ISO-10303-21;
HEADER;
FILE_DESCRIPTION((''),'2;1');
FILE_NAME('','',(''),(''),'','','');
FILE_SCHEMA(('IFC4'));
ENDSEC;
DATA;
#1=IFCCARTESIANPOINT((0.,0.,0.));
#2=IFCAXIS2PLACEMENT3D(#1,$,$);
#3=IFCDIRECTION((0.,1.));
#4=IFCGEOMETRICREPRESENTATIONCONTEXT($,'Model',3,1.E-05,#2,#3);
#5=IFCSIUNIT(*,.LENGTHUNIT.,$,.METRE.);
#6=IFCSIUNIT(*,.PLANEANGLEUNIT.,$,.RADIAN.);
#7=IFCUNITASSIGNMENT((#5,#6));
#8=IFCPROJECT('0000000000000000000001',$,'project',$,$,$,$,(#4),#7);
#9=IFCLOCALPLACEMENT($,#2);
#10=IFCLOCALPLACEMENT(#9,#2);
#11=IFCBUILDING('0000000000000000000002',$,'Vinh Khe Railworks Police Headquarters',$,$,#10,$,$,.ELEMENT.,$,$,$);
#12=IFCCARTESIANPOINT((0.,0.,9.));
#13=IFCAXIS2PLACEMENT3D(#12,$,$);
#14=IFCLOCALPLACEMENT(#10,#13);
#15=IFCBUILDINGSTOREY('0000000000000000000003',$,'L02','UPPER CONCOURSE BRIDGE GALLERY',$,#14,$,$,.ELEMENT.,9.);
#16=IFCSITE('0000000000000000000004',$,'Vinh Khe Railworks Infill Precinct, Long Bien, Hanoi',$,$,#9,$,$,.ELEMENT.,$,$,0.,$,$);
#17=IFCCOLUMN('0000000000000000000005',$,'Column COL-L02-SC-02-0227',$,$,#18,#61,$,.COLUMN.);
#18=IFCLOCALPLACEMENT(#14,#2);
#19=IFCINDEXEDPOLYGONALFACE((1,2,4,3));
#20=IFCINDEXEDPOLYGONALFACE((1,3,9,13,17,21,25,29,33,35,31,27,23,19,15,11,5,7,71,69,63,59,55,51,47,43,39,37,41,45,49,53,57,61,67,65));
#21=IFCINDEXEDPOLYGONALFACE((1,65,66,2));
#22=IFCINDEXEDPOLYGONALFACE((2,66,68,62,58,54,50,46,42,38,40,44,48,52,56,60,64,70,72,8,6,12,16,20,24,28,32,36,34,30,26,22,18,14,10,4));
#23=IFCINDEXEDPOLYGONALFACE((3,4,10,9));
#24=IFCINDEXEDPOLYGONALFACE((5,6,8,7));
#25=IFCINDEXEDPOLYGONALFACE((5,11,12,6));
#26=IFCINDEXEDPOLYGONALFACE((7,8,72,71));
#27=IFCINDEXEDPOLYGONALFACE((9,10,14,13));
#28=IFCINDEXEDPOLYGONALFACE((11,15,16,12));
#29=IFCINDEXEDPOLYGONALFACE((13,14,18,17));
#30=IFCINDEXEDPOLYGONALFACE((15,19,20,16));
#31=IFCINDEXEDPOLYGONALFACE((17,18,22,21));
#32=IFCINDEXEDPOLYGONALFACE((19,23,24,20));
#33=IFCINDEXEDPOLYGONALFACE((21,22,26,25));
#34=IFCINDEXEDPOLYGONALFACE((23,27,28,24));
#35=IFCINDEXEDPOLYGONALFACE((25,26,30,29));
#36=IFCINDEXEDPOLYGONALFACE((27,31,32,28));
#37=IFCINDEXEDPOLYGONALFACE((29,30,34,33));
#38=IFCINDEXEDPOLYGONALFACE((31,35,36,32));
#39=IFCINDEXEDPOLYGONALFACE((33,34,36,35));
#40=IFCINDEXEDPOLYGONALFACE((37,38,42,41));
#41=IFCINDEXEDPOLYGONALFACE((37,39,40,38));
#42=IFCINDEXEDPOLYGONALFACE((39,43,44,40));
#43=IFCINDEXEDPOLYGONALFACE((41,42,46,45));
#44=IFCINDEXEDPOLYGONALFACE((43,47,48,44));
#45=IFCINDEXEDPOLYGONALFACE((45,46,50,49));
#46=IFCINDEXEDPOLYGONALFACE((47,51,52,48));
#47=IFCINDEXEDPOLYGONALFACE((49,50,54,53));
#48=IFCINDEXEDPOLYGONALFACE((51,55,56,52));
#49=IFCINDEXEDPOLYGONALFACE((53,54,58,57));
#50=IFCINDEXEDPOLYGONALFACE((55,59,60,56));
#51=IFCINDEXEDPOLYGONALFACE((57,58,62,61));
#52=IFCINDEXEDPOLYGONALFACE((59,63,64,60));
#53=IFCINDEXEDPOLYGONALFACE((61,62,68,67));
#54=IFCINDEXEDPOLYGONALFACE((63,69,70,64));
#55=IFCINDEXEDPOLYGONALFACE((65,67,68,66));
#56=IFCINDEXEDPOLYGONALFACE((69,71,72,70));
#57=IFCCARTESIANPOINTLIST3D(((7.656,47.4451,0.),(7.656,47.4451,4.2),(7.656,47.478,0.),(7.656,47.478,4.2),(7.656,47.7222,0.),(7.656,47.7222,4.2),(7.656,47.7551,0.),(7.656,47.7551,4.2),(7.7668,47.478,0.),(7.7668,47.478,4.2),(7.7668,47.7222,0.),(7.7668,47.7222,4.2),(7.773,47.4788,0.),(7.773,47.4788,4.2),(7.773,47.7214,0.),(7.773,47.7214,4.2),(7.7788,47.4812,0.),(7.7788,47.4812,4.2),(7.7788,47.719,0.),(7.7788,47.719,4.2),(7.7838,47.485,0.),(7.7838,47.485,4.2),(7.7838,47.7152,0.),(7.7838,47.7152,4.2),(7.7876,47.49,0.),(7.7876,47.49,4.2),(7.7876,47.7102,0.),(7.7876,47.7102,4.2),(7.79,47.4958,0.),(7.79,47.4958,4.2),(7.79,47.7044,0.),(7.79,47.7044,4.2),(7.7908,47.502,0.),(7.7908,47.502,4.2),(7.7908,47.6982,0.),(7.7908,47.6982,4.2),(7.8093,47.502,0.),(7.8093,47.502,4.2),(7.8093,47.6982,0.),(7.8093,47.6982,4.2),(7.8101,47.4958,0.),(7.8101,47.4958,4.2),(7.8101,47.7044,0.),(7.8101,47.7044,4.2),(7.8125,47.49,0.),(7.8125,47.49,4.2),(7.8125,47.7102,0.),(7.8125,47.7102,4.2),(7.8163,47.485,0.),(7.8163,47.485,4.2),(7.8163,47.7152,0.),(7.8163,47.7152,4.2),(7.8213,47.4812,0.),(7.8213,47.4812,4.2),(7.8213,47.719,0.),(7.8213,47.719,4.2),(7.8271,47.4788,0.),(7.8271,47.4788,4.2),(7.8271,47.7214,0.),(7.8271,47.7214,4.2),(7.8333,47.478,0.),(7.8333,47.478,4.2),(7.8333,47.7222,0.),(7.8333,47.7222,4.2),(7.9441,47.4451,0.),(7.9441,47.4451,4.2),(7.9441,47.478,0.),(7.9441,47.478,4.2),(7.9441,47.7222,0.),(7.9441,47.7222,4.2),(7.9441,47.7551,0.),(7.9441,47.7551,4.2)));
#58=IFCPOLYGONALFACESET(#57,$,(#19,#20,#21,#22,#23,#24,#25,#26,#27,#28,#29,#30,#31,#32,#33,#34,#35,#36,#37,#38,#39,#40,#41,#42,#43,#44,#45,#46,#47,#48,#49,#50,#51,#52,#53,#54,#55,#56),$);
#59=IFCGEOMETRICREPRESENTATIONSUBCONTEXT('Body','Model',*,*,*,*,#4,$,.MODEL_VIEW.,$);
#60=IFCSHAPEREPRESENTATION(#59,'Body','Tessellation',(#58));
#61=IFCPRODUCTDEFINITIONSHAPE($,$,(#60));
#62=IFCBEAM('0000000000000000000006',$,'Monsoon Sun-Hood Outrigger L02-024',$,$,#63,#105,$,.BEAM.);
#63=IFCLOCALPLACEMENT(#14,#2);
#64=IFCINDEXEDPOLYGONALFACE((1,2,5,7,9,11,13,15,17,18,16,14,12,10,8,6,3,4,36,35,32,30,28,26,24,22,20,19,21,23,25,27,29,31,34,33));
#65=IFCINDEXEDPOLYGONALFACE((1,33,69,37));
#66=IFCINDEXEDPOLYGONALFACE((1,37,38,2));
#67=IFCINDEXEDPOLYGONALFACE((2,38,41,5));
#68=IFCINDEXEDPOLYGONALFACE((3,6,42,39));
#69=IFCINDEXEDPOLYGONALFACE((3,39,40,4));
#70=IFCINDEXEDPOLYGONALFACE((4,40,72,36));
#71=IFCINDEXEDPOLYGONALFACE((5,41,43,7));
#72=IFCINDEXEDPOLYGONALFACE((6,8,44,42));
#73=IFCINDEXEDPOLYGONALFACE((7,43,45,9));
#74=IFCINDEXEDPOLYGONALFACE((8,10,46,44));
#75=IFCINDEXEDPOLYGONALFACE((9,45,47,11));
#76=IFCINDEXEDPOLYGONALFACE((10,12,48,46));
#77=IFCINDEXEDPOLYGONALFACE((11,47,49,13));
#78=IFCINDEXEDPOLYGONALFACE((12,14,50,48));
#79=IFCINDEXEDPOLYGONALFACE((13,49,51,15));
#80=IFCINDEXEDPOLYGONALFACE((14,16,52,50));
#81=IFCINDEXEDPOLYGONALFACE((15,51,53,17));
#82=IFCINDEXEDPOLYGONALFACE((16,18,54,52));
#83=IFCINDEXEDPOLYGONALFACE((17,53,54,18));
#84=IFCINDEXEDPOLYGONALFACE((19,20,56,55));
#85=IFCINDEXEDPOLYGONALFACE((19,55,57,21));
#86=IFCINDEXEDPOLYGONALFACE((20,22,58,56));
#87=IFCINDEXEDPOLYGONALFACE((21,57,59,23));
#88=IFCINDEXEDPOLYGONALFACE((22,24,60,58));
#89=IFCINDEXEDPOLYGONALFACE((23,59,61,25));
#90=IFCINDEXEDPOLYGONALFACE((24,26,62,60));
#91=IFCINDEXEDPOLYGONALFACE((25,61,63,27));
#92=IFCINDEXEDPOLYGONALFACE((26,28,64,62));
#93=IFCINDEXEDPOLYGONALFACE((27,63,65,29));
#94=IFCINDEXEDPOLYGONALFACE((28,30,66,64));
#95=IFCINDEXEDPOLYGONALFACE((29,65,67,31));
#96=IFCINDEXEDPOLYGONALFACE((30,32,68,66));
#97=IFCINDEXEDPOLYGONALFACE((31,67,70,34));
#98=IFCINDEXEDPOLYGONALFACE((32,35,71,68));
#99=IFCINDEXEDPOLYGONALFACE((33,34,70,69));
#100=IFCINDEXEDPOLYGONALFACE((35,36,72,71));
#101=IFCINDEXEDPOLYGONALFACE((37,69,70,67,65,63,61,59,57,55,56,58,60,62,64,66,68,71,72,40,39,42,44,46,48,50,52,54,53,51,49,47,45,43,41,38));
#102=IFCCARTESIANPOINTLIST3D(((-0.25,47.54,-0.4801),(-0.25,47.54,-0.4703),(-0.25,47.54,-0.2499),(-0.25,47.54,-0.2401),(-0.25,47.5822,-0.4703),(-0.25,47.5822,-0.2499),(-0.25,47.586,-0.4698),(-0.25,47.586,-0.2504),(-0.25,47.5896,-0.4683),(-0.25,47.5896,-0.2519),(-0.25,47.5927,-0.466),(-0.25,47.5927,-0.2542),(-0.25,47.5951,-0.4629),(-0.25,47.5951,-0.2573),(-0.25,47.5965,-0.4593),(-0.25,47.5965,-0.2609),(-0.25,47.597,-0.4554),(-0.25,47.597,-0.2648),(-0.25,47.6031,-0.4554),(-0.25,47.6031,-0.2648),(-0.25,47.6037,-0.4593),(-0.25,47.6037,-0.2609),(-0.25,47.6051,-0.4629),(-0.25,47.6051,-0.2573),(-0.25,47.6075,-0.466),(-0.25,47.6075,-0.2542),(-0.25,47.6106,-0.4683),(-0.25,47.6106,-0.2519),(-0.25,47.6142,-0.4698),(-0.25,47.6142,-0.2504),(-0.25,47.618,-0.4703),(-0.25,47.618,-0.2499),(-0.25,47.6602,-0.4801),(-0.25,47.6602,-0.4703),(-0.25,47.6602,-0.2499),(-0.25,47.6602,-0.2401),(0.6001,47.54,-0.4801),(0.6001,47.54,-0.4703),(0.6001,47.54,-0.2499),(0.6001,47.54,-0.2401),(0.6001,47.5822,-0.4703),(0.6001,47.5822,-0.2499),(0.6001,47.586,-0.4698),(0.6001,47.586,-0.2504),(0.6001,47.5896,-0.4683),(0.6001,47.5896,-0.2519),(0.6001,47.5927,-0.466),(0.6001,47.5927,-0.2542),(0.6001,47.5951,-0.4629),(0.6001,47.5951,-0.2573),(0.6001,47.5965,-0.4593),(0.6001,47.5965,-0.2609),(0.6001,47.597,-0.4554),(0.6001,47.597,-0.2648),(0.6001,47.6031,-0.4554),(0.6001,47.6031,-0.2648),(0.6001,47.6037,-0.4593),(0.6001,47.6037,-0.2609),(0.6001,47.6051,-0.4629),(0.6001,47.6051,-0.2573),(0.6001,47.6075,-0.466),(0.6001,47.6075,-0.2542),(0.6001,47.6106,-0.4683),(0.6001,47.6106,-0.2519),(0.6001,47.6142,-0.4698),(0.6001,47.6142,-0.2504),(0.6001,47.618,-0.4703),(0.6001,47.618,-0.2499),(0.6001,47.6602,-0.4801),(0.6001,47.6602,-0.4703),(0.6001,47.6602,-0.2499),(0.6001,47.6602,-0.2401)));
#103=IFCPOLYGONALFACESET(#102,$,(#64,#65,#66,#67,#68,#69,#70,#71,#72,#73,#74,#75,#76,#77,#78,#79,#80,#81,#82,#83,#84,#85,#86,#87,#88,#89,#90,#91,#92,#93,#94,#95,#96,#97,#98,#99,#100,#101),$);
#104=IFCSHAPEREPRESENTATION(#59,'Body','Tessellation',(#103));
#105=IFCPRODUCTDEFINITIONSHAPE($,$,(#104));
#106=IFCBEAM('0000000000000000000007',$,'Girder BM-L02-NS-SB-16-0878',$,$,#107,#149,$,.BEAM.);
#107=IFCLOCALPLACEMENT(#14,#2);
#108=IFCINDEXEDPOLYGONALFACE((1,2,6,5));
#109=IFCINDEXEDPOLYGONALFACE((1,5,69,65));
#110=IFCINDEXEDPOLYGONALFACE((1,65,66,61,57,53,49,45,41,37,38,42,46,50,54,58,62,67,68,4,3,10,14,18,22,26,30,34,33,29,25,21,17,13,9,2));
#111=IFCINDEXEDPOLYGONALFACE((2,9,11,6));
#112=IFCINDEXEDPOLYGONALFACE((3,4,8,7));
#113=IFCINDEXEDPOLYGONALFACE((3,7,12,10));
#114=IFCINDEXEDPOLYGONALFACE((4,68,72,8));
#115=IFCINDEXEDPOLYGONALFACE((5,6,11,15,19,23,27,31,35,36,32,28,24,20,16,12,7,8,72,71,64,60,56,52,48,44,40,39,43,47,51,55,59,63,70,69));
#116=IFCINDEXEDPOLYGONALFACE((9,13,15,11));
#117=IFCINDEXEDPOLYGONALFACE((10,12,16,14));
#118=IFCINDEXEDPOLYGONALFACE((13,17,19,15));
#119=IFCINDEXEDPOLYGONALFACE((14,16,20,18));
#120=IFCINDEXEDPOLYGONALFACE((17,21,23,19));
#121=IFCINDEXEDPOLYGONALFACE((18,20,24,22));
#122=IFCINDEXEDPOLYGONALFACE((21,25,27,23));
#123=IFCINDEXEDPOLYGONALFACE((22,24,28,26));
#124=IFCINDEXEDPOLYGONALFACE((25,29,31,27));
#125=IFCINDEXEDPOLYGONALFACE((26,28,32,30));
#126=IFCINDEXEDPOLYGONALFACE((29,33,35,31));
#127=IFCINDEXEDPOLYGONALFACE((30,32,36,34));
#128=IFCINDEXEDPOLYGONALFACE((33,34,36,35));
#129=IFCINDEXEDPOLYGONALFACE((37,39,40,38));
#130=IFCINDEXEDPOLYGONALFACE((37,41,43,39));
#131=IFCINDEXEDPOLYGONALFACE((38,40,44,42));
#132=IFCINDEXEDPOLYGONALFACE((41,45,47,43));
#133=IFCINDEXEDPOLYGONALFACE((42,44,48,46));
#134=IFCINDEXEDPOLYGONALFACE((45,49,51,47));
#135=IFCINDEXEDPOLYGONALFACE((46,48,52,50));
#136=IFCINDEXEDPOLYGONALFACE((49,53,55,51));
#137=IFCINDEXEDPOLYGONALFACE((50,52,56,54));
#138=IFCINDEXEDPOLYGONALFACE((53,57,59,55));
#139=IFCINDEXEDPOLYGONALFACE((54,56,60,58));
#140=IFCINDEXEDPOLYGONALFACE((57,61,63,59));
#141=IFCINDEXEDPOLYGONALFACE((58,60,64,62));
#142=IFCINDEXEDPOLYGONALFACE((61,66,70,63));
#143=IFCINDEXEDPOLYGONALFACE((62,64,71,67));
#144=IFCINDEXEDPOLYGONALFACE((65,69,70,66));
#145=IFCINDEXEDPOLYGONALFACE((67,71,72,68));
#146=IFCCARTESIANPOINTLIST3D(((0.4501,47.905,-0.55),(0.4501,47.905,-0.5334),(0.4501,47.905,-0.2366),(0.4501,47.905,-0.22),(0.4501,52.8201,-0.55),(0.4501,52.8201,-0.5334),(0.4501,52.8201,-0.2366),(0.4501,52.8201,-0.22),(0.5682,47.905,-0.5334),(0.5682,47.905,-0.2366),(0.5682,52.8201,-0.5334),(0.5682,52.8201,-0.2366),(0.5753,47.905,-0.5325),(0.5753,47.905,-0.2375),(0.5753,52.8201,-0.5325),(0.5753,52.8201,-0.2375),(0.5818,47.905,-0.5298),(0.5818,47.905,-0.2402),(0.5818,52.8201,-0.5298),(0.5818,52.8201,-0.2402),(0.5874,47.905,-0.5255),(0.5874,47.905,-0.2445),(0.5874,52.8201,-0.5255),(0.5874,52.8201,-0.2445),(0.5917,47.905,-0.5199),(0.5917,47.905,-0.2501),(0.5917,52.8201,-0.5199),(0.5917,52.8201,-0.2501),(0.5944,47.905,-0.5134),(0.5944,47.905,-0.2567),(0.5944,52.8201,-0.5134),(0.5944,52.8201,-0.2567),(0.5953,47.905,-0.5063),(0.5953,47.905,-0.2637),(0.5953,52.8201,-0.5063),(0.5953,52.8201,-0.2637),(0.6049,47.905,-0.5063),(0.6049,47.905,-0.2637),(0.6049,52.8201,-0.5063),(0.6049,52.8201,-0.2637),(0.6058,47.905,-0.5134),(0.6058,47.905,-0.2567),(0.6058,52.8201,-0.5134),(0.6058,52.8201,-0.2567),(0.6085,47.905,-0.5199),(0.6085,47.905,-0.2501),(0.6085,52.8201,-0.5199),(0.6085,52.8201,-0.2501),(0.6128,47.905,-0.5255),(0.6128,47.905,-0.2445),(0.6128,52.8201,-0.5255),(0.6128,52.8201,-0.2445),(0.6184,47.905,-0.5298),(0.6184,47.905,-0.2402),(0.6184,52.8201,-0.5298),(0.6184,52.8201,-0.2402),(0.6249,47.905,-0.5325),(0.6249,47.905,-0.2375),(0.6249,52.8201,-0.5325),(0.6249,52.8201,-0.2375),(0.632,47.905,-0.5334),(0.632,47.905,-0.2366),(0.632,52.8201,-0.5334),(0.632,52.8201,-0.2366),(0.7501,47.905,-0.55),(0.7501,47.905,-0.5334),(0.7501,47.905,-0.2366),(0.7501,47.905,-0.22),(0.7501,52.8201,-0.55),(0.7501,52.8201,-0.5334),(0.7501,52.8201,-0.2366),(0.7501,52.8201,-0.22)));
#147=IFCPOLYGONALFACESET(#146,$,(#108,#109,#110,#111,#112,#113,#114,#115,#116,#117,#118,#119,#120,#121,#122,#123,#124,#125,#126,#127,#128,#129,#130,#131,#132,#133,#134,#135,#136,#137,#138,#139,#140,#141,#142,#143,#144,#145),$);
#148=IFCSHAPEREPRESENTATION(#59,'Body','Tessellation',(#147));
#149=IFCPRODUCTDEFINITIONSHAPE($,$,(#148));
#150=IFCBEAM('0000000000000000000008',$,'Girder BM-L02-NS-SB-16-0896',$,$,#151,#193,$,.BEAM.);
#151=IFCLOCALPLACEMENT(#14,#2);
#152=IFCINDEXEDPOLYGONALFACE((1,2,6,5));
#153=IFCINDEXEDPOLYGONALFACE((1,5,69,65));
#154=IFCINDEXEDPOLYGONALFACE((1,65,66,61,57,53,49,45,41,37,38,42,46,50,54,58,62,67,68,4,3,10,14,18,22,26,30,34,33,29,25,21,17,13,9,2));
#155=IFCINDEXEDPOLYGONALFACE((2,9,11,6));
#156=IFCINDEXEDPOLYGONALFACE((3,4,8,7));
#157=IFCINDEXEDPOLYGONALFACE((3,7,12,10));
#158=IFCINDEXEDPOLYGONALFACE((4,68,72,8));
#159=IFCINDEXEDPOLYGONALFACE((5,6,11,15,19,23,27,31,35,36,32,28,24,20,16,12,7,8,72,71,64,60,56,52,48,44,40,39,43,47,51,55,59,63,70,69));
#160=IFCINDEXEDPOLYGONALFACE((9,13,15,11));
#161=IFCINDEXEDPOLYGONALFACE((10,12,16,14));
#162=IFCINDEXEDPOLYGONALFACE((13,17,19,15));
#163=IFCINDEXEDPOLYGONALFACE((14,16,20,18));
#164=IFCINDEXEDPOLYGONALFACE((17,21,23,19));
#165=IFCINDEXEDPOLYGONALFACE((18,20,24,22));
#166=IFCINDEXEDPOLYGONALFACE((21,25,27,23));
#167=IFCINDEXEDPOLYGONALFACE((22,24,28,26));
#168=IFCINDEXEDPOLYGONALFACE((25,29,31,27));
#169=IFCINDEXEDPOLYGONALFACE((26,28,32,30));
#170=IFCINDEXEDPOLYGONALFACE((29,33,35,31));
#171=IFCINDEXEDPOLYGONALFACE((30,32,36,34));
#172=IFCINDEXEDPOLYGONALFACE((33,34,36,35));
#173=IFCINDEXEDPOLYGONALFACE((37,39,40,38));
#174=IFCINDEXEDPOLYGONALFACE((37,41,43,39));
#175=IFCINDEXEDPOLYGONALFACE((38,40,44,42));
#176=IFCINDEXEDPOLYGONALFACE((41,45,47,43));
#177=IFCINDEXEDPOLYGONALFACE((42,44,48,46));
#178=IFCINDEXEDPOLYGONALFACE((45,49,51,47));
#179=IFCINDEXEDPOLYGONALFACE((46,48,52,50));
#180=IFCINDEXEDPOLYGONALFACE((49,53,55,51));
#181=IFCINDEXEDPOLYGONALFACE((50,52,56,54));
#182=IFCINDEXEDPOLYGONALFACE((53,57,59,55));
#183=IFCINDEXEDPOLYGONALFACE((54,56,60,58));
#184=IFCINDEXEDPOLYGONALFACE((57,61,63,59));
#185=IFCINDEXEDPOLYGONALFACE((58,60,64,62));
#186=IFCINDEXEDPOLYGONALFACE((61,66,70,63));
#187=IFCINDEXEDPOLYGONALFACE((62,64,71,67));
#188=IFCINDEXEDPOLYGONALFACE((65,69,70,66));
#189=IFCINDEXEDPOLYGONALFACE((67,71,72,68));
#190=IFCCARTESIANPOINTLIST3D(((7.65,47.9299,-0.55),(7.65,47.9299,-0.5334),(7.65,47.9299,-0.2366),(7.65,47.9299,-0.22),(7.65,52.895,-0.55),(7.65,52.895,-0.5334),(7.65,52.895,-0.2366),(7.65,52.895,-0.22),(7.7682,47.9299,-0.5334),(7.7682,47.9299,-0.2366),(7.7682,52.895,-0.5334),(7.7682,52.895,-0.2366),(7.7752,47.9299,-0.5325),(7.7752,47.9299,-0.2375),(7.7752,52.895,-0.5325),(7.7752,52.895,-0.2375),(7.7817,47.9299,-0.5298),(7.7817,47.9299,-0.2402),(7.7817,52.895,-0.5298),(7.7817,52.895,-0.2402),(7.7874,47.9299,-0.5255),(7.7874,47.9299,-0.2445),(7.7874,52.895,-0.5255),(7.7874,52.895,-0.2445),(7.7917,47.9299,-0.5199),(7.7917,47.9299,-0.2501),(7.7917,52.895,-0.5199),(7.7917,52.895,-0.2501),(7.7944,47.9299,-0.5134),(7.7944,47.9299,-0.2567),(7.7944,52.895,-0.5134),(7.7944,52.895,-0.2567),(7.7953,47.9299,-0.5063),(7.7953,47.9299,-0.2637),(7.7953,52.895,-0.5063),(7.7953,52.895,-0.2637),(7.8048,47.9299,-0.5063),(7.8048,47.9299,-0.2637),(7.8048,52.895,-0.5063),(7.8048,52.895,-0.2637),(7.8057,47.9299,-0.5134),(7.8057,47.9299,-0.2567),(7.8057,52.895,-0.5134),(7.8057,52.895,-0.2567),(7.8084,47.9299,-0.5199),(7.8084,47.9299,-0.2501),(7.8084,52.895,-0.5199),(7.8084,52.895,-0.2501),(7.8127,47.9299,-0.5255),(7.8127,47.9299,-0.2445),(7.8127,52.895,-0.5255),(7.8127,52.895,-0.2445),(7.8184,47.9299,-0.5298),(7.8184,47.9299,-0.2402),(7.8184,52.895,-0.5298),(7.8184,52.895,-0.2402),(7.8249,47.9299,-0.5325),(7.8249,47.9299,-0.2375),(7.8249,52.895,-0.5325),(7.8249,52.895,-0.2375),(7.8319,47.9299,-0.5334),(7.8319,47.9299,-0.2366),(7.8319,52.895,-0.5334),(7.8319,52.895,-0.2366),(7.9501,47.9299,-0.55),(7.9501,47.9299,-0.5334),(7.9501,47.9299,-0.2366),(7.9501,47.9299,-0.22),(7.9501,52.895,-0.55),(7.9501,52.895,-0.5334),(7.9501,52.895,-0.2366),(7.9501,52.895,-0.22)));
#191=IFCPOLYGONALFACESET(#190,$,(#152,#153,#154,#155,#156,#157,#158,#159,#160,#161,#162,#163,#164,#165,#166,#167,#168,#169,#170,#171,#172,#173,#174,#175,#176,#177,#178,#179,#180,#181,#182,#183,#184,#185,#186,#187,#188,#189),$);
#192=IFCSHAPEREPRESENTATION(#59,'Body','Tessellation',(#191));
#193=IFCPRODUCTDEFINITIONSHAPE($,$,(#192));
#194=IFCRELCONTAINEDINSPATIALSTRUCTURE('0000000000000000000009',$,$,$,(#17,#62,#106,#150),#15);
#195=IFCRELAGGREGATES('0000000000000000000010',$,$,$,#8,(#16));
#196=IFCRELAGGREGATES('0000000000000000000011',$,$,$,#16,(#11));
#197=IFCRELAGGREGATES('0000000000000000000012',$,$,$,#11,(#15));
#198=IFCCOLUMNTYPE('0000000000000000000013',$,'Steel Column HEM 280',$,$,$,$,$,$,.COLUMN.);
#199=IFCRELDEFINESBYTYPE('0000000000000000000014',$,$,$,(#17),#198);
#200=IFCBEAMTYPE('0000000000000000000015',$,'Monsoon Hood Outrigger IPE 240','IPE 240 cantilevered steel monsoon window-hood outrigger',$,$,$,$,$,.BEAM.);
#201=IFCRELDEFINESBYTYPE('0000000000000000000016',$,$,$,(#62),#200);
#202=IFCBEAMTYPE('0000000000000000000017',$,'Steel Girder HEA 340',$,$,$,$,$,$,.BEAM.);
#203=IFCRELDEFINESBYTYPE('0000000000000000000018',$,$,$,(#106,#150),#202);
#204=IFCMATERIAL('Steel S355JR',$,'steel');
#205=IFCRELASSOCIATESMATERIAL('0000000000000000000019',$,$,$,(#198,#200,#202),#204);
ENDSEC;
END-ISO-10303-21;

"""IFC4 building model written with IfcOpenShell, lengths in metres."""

from ifc_helpers import new_model, si_unit, direction, frame, origin, origin_2d, place, context, subcontext, project, spatial, i_section, extrude, material, material_profile, profile_set, type_object, element, save


model = new_model("IFC4")

# Units and contexts
model_context = context("Model", 3, precision=1e-05, world=origin(), true_north=direction((0.0, 1.0)))
body_context = subcontext(model_context, "Body", "Model", "MODEL_VIEW")
ifc_project = project(units=[si_unit("LENGTHUNIT", "METRE"), si_unit("PLANEANGLEUNIT", "RADIAN")], contexts=[model_context])

# Site, building, storey
site_placement = place(None, origin())
site = spatial("IfcSite", under=ifc_project, at=site_placement, Name="Vinh Khe Railworks Infill Precinct, Long Bien, Hanoi", CompositionType="ELEMENT", RefElevation=0.0)
building_placement = place(site_placement, origin())
building = spatial("IfcBuilding", under=site, at=building_placement, Name="Vinh Khe Railworks Police Headquarters", CompositionType="ELEMENT")
storey_placement = place(building_placement, frame((0.0, 0.0, 9.0)))
storey = spatial("IfcBuildingStorey", under=building, at=storey_placement, Name="L02", Description="UPPER CONCOURSE BRIDGE GALLERY", CompositionType="ELEMENT", Elevation=9.0)

# Column
ifc_material_1 = material(Name="Steel S355JR", Category="steel")
ifc_material_profile_1 = material_profile(ifc_material_1, i_section(OverallWidth=0.2881, OverallDepth=0.3101, WebThickness=0.0186, FlangeThickness=0.033, FilletRadius=0.0239, at=origin_2d()), Name="HEM 280")
ifc_profile_set_1 = profile_set([ifc_material_profile_1], Name="Steel S355JR")
column_type_1 = type_object("IfcColumnType", Name="Steel Column HEM 280", PredefinedType="COLUMN", material=ifc_profile_set_1)
column_1_placement = place(storey_placement, frame((7.8, 47.6001, 0.0), z_axis=(0.0, 0.0, 1.0), x_axis=(1.0, 0.0, 0.0)))
element("IfcColumn", 1, at=column_1_placement, inside=storey, type_object=column_type_1, Name="Column COL-L02-SC-02-0227", PredefinedType="COLUMN", context=body_context, shape_type="SweptSolid", body=[
    extrude(i_section(OverallWidth=0.2881, OverallDepth=0.3101, WebThickness=0.0186, FlangeThickness=0.033, FilletRadius=0.0239, at=origin_2d()), origin(), (0.0, 0.0, 1.0), 4.2),
])

# Beams
ifc_material_profile_2 = material_profile(ifc_material_1, i_section(OverallWidth=0.1201, OverallDepth=0.24, WebThickness=0.0061, FlangeThickness=0.0098, FilletRadius=0.0149, at=origin_2d()), Name="IPE 240")
ifc_profile_set_2 = profile_set([ifc_material_profile_2], Name="Steel S355JR")
beam_type_1 = type_object("IfcBeamType", Name="Monsoon Hood Outrigger IPE 240", Description="IPE 240 cantilevered steel monsoon window-hood outrigger", PredefinedType="BEAM", material=ifc_profile_set_2)
beam_1_placement = place(storey_placement, frame((-0.25, 47.6001, -0.3601), z_axis=(1.0, 0.0, 0.0), x_axis=(0.0, 1.0, 0.0)))
element("IfcBeam", 2, at=beam_1_placement, inside=storey, type_object=beam_type_1, Name="Monsoon Sun-Hood Outrigger L02-024", PredefinedType="BEAM", context=body_context, shape_type="SweptSolid", body=[
    extrude(i_section(OverallWidth=0.1201, OverallDepth=0.24, WebThickness=0.0061, FlangeThickness=0.0098, FilletRadius=0.0149, at=origin_2d()), origin(), (0.0, 0.0, 1.0), 0.8501),
])
ifc_material_profile_3 = material_profile(ifc_material_1, i_section(OverallWidth=0.3, OverallDepth=0.3301, WebThickness=0.0095, FlangeThickness=0.0166, FilletRadius=0.0271, at=origin_2d()), Name="HEA 340")
ifc_profile_set_3 = profile_set([ifc_material_profile_3], Name="Steel S355JR")
beam_type_2 = type_object("IfcBeamType", Name="Steel Girder HEA 340", PredefinedType="BEAM", material=ifc_profile_set_3)
beam_2_placement = place(storey_placement, frame((0.6001, 47.905, -0.385), z_axis=(0.0, 1.0, 0.0), x_axis=(-1.0, 0.0, 0.0)))
element("IfcBeam", 3, at=beam_2_placement, inside=storey, type_object=beam_type_2, Name="Girder BM-L02-NS-SB-16-0878", PredefinedType="BEAM", context=body_context, shape_type="SweptSolid", body=[
    extrude(i_section(OverallWidth=0.3, OverallDepth=0.3301, WebThickness=0.0095, FlangeThickness=0.0166, FilletRadius=0.0271, at=origin_2d()), origin(), (0.0, 0.0, 1.0), 4.915),
])
beam_3_placement = place(storey_placement, frame((7.8, 47.9299, -0.385), z_axis=(0.0, 1.0, 0.0), x_axis=(-1.0, 0.0, 0.0)))
element("IfcBeam", 4, at=beam_3_placement, inside=storey, type_object=beam_type_2, Name="Girder BM-L02-NS-SB-16-0896", PredefinedType="BEAM", context=body_context, shape_type="SweptSolid", body=[
    extrude(i_section(OverallWidth=0.3, OverallDepth=0.3301, WebThickness=0.0095, FlangeThickness=0.0166, FilletRadius=0.0271, at=origin_2d()), origin(), (0.0, 0.0, 1.0), 4.9651),
])

save(model, "model.ifc")
